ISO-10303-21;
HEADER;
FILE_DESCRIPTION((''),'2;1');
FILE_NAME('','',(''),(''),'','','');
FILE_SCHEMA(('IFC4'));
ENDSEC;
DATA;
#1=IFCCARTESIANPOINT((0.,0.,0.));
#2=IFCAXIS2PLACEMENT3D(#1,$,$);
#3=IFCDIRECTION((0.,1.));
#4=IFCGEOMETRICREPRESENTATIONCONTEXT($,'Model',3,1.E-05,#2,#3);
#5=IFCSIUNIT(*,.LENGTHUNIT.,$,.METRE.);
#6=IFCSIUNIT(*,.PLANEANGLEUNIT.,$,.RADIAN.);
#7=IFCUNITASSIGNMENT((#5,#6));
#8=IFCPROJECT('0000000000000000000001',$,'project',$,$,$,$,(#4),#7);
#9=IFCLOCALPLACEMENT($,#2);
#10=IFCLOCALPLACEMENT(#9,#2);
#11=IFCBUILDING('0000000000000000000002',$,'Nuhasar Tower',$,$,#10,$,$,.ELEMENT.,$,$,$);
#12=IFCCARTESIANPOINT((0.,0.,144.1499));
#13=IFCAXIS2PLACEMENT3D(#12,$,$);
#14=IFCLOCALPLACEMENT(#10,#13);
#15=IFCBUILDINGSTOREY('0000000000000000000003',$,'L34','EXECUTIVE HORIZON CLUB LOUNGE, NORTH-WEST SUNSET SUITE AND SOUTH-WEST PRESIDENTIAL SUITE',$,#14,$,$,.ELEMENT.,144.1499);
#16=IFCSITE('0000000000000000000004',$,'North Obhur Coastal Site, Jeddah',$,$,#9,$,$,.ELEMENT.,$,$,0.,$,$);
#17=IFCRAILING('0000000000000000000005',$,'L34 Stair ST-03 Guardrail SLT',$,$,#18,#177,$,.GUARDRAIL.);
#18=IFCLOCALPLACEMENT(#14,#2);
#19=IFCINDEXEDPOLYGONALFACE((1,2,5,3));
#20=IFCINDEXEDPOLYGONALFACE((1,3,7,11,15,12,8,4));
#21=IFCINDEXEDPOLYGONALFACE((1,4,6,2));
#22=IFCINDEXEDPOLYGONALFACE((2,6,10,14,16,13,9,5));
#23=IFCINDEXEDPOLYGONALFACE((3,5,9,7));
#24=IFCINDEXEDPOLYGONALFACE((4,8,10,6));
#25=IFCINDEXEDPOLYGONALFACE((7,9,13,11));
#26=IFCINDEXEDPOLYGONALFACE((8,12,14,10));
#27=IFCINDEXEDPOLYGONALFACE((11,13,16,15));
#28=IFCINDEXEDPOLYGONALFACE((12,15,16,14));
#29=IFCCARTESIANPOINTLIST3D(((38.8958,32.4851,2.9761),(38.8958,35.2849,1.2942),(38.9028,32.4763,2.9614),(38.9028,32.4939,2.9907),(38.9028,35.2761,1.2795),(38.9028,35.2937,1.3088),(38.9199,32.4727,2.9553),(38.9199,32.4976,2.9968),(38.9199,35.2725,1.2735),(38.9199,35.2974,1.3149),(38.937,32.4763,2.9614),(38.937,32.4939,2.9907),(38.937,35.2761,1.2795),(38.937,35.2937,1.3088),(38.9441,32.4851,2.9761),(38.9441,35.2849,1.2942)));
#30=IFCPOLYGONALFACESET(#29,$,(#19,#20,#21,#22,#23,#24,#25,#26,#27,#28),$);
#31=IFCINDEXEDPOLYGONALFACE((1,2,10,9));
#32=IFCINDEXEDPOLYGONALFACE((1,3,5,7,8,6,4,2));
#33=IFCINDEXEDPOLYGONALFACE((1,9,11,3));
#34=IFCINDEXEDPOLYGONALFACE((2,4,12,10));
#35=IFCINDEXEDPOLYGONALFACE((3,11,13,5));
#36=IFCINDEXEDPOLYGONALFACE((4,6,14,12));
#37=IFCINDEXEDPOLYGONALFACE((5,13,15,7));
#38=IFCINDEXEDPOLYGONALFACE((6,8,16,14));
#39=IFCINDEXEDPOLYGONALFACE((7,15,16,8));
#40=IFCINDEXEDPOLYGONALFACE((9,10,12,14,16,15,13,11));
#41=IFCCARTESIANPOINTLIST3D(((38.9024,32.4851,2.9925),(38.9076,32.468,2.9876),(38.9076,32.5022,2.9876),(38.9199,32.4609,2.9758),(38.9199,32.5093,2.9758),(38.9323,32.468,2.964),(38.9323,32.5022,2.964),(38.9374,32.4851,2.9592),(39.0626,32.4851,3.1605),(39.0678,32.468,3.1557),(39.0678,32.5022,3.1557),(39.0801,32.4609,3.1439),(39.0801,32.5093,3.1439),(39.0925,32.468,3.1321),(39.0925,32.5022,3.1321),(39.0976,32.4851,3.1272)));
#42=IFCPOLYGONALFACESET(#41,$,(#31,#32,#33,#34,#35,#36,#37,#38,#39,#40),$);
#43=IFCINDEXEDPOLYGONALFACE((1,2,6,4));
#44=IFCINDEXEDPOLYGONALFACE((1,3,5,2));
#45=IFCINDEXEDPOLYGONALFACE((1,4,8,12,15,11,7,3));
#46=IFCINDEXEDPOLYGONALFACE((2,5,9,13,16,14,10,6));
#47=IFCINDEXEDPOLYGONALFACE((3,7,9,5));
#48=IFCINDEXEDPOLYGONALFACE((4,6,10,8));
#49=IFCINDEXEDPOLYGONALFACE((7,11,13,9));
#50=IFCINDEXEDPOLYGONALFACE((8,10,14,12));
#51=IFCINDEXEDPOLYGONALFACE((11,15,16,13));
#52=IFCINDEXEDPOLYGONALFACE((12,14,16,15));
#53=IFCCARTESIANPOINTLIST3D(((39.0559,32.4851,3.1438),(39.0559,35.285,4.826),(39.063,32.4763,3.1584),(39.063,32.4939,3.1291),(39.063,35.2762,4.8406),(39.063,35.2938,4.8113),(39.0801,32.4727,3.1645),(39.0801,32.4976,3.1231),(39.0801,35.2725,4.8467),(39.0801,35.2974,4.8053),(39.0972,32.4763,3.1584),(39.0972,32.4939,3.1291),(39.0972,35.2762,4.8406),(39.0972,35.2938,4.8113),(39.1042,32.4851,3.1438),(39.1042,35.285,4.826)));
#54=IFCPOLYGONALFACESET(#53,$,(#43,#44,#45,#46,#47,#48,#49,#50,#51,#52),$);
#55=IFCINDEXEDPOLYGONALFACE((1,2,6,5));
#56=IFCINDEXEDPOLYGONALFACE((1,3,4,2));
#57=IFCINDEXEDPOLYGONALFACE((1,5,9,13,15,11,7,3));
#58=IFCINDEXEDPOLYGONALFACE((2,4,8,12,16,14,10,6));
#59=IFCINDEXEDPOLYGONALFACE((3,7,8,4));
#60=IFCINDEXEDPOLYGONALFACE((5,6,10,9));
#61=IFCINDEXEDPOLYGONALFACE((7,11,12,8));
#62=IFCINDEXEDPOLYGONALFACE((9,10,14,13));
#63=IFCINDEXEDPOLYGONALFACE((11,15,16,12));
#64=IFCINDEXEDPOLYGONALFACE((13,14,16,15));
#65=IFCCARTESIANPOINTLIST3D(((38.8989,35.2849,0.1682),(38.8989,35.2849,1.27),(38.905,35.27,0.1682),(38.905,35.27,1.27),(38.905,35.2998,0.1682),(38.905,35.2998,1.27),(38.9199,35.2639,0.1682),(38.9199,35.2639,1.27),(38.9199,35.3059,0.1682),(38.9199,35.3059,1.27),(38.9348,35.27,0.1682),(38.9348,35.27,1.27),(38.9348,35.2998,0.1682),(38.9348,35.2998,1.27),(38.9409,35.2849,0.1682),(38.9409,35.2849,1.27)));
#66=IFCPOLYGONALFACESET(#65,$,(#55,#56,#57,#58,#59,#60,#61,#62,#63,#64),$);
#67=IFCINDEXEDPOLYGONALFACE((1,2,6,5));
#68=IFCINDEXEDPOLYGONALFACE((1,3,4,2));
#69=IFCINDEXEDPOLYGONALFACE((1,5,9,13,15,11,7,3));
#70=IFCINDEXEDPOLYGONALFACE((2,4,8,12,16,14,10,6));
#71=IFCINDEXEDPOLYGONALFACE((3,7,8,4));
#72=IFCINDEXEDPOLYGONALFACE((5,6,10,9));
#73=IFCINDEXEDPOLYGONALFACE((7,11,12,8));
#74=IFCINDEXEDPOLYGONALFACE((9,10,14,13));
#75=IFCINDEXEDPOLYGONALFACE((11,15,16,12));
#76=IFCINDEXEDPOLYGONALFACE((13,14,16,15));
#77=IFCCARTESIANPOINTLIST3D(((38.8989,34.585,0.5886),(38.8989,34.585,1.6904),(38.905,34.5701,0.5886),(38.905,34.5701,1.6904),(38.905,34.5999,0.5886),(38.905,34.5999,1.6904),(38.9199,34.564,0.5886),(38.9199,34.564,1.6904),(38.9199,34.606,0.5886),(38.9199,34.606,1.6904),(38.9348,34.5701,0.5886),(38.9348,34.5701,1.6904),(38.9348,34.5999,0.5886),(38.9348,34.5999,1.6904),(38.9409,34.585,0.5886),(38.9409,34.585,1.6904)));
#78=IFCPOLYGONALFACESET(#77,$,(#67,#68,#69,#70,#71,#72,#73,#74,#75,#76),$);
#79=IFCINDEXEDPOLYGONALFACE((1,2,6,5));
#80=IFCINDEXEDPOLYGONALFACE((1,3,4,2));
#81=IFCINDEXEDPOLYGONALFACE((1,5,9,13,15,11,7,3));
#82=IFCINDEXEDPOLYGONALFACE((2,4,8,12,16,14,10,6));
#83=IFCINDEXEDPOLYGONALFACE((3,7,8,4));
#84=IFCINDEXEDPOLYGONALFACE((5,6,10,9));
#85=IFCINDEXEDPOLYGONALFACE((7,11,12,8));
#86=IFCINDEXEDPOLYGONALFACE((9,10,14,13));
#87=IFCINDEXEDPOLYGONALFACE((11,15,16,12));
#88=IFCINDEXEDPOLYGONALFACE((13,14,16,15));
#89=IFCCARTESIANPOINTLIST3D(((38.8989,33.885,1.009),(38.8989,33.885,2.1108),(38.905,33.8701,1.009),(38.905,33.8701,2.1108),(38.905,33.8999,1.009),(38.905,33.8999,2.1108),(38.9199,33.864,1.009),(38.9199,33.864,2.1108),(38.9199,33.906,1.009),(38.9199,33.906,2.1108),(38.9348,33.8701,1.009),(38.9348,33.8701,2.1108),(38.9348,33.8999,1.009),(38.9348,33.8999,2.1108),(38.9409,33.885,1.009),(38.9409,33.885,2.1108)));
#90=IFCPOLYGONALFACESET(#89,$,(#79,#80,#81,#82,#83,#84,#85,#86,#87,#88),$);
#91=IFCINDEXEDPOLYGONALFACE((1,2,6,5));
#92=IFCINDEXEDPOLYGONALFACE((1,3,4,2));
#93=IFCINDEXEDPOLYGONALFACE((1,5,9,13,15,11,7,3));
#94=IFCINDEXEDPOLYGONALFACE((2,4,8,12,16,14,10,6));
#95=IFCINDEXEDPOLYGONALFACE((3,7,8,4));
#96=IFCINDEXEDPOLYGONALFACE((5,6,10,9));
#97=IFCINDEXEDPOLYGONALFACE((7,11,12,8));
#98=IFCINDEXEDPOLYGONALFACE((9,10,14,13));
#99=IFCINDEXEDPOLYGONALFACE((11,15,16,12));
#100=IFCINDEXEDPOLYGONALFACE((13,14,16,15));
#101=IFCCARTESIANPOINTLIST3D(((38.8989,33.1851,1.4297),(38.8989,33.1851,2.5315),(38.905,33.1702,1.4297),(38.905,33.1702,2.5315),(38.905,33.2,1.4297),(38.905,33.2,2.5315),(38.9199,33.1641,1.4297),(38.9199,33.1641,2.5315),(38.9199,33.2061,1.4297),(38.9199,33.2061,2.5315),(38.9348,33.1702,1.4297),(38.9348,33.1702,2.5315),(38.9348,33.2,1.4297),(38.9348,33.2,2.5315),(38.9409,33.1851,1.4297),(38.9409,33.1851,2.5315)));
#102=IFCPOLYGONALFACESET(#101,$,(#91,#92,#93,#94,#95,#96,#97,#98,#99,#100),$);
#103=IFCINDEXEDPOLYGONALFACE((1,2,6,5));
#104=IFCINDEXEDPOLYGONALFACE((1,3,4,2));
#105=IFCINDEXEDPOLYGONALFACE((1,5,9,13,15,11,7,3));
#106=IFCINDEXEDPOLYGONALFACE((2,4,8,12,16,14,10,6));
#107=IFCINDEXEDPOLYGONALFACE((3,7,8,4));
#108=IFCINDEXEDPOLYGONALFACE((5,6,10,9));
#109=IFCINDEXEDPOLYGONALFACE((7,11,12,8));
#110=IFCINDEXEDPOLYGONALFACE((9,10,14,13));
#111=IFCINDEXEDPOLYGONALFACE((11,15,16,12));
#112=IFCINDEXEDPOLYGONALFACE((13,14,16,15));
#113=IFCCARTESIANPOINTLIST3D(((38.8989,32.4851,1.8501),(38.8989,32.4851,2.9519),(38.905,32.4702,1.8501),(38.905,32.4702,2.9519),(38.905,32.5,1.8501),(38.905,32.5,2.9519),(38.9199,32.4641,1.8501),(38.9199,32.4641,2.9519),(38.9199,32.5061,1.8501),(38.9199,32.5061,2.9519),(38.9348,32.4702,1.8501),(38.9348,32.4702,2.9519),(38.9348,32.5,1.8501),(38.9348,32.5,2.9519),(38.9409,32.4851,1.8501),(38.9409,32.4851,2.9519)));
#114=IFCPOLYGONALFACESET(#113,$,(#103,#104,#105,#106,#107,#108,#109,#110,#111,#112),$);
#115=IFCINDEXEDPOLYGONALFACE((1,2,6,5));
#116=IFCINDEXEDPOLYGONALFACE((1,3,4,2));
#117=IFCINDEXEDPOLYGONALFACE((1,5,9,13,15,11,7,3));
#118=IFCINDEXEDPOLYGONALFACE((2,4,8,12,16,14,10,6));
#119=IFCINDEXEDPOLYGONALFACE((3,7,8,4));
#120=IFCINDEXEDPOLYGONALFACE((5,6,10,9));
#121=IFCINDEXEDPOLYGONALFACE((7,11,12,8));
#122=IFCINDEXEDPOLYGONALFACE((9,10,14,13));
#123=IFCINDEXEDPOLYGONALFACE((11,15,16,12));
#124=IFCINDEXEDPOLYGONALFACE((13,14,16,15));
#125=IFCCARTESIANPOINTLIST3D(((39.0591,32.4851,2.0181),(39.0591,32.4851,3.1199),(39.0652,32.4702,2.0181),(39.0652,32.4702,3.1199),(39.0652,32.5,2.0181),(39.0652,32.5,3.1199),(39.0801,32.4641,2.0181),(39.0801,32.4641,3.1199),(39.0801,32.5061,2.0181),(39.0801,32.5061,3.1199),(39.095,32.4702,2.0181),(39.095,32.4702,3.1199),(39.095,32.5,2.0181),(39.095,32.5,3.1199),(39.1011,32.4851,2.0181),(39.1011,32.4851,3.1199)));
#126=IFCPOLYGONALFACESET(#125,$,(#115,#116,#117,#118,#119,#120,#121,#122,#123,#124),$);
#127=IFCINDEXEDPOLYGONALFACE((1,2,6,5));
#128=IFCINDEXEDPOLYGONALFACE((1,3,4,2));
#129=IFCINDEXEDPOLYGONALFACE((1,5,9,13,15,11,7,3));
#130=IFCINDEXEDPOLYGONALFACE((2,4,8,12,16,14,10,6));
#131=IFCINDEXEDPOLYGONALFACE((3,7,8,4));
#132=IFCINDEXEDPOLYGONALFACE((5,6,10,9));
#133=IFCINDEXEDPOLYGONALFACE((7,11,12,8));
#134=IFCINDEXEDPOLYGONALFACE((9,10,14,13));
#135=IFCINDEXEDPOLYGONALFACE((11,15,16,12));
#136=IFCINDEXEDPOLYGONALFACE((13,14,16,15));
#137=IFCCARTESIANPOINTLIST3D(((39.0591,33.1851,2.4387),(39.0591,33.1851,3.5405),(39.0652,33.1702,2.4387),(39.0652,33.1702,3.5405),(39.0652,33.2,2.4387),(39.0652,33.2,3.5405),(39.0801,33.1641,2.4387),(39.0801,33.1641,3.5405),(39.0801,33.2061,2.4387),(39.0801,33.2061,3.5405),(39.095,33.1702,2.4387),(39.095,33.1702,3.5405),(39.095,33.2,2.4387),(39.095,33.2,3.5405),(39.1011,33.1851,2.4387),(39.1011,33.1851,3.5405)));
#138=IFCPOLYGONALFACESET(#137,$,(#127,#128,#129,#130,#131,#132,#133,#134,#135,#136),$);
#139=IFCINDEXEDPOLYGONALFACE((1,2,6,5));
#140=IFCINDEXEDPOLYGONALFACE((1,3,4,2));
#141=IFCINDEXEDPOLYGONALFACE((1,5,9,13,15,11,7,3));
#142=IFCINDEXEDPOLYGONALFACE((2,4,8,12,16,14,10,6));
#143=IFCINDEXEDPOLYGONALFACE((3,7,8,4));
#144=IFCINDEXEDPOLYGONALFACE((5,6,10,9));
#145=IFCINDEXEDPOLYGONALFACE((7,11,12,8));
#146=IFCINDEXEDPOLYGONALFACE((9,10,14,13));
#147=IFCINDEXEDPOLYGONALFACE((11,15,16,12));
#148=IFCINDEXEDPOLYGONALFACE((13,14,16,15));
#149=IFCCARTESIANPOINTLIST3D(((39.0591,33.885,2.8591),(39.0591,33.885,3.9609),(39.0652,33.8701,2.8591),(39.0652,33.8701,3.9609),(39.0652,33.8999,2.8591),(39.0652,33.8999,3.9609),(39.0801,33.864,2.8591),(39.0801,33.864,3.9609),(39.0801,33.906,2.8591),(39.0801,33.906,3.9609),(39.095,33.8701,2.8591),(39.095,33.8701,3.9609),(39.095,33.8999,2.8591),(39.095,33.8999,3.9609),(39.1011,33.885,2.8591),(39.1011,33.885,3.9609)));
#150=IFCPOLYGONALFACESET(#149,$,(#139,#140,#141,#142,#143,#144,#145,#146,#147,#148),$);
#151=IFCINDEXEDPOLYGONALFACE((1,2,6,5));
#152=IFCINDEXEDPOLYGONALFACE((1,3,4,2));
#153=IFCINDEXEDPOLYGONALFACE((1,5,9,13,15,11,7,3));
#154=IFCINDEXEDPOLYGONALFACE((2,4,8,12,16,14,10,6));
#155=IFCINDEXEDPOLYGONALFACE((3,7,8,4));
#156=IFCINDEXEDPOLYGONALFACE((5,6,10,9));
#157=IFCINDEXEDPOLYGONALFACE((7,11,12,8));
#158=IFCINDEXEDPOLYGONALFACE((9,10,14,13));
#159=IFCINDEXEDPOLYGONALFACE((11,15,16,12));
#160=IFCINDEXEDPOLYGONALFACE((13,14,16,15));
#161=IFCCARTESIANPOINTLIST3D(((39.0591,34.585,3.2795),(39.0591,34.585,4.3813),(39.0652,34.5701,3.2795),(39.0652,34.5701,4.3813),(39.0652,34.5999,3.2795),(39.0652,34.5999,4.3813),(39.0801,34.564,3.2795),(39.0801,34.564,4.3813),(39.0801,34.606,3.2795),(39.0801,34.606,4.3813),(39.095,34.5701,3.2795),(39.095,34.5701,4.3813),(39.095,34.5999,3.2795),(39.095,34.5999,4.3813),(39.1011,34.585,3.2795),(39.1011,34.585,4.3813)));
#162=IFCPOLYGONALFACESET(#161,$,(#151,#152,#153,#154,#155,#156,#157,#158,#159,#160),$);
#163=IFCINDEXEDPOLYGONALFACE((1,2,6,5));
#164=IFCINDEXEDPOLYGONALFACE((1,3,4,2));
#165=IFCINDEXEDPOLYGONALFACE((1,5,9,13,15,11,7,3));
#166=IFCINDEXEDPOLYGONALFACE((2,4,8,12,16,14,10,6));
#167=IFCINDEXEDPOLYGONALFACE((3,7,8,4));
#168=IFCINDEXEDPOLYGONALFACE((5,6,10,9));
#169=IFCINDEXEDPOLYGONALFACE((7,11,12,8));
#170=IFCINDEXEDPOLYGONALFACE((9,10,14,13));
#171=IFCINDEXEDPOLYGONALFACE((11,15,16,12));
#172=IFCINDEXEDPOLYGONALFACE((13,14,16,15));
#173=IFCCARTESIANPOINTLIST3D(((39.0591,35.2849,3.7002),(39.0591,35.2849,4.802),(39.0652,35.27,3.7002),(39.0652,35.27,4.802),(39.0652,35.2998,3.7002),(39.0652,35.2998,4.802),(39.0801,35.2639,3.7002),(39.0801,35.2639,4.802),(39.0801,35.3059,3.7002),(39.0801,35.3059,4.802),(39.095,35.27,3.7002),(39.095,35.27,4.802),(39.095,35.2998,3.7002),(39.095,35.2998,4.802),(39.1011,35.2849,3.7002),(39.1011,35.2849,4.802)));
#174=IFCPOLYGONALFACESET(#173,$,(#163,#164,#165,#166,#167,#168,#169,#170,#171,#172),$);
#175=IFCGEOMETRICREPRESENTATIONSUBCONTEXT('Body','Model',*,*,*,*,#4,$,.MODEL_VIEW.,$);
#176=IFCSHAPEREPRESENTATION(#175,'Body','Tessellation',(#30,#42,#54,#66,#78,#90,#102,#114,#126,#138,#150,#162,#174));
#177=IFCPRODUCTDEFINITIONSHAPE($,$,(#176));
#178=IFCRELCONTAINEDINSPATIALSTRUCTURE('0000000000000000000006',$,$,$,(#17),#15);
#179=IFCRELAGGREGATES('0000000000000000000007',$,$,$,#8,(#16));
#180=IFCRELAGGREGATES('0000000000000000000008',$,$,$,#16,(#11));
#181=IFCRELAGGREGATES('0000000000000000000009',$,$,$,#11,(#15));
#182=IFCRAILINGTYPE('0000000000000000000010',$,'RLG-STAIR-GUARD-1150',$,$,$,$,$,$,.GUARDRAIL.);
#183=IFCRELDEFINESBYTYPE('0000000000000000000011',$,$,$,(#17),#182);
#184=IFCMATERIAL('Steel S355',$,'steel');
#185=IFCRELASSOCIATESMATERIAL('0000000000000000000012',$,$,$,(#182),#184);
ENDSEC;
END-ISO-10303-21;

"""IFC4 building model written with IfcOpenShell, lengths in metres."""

from ifc_helpers import new_model, si_unit, direction, frame, origin, place, context, subcontext, project, spatial, polyline, outline, extrude, material, type_object, element, save


model = new_model("IFC4")

# Units and contexts
model_context = context("Model", 3, precision=1e-05, world=origin(), true_north=direction((0.0, 1.0)))
body_context = subcontext(model_context, "Body", "Model", "MODEL_VIEW")
ifc_project = project(units=[si_unit("LENGTHUNIT", "METRE"), si_unit("PLANEANGLEUNIT", "RADIAN")], contexts=[model_context])

# Site, building, storey
site_placement = place(None, origin())
site = spatial("IfcSite", under=ifc_project, at=site_placement, Name="North Obhur Coastal Site, Jeddah", CompositionType="ELEMENT", RefElevation=0.0)
building_placement = place(site_placement, origin())
building = spatial("IfcBuilding", under=site, at=building_placement, Name="Nuhasar Tower", CompositionType="ELEMENT")
storey_placement = place(building_placement, frame((0.0, 0.0, 144.1499)))
storey = spatial("IfcBuildingStorey", under=building, at=storey_placement, Name="L34", Description="EXECUTIVE HORIZON CLUB LOUNGE, NORTH-WEST SUNSET SUITE AND SOUTH-WEST PRESIDENTIAL SUITE", CompositionType="ELEMENT", Elevation=144.1499)

# Shared definitions
ifc_material_1 = material(Name="Steel S355", Category="steel")

# Railing
railing_type_1 = type_object("IfcRailingType", Name="RLG-STAIR-GUARD-1150", PredefinedType="GUARDRAIL", material=ifc_material_1)
railing_1_placement = place(storey_placement, frame((38.9199, 35.2849, 0.1682)))
element("IfcRailing", 1, at=railing_1_placement, inside=storey, type_object=railing_type_1, Name="L34 Stair ST-03 Guardrail SLT", PredefinedType="GUARDRAIL", context=body_context, shape_type="SweptSolid", body=[
    extrude(outline(polyline([(0.0242, 0.0), (0.0171, 0.0171), (0.0, 0.0242), (-0.0171, 0.0171), (-0.0242, 0.0), (-0.0171, -0.0171), (0.0, -0.0242), (0.0171, -0.0171), (0.0242, 0.0)])), frame((0.0, 0.0, 1.126), z_axis=(0.0, -0.857222, 0.514946), x_axis=(1.0, 0.0, 0.0)), (0.0, 0.0, 1.0), 3.2661),
    extrude(outline(polyline([(0.0242, 0.0), (0.0171, 0.0171), (0.0, 0.0242), (-0.0171, 0.0171), (-0.0242, 0.0), (-0.0171, -0.0171), (0.0, -0.0242), (0.0171, -0.0171), (0.0242, 0.0)])), frame((0.0, -2.7998, 2.8076), z_axis=(0.690075, 0.0, 0.723738), x_axis=(0.0, 1.0, 0.0)), (0.0, 0.0, 1.0), 0.2322),
    extrude(outline(polyline([(0.0242, 0.0), (0.0171, 0.0171), (0.0, 0.0242), (-0.0171, 0.0171), (-0.0242, 0.0), (-0.0171, -0.0171), (0.0, -0.0242), (0.0171, -0.0171), (0.0242, 0.0)])), frame((0.1602, -2.7998, 2.9756), z_axis=(0.0, 0.857189, 0.515001), x_axis=(-1.0, 0.0, 0.0)), (0.0, 0.0, 1.0), 3.2664),
    extrude(outline(polyline([(0.021, 0.0), (0.0149, 0.0149), (0.0, 0.021), (-0.0149, 0.0149), (-0.021, 0.0), (-0.0149, -0.0149), (0.0, -0.021), (0.0149, -0.0149), (0.021, 0.0)])), origin(), (0.0, 0.0, 1.0), 1.1018),
    extrude(outline(polyline([(0.021, 0.0), (0.0149, 0.0149), (0.0, 0.021), (-0.0149, 0.0149), (-0.021, 0.0), (-0.0149, -0.0149), (0.0, -0.021), (0.0149, -0.0149), (0.021, 0.0)])), frame((0.0, -0.7, 0.4204)), (0.0, 0.0, 1.0), 1.1018),
    extrude(outline(polyline([(0.021, 0.0), (0.0149, 0.0149), (0.0, 0.021), (-0.0149, 0.0149), (-0.021, 0.0), (-0.0149, -0.0149), (0.0, -0.021), (0.0149, -0.0149), (0.021, 0.0)])), frame((0.0, -1.3999, 0.8408)), (0.0, 0.0, 1.0), 1.1018),
    extrude(outline(polyline([(0.021, 0.0), (0.0149, 0.0149), (0.0, 0.021), (-0.0149, 0.0149), (-0.021, 0.0), (-0.0149, -0.0149), (0.0, -0.021), (0.0149, -0.0149), (0.021, 0.0)])), frame((0.0, -2.0999, 1.2615)), (0.0, 0.0, 1.0), 1.1018),
    extrude(outline(polyline([(0.021, 0.0), (0.0149, 0.0149), (0.0, 0.021), (-0.0149, 0.0149), (-0.021, 0.0), (-0.0149, -0.0149), (0.0, -0.021), (0.0149, -0.0149), (0.021, 0.0)])), frame((0.0, -2.7998, 1.6819)), (0.0, 0.0, 1.0), 1.1018),
    extrude(outline(polyline([(0.021, 0.0), (0.0149, 0.0149), (0.0, 0.021), (-0.0149, 0.0149), (-0.021, 0.0), (-0.0149, -0.0149), (0.0, -0.021), (0.0149, -0.0149), (0.021, 0.0)])), frame((0.1602, -2.7998, 1.8499)), (0.0, 0.0, 1.0), 1.1018),
    extrude(outline(polyline([(0.021, 0.0), (0.0149, 0.0149), (0.0, 0.021), (-0.0149, 0.0149), (-0.021, 0.0), (-0.0149, -0.0149), (0.0, -0.021), (0.0149, -0.0149), (0.021, 0.0)])), frame((0.1602, -2.0999, 2.2705)), (0.0, 0.0, 1.0), 1.1018),
    extrude(outline(polyline([(0.021, 0.0), (0.0149, 0.0149), (0.0, 0.021), (-0.0149, 0.0149), (-0.021, 0.0), (-0.0149, -0.0149), (0.0, -0.021), (0.0149, -0.0149), (0.021, 0.0)])), frame((0.1602, -1.3999, 2.6909)), (0.0, 0.0, 1.0), 1.1018),
    extrude(outline(polyline([(0.021, 0.0), (0.0149, 0.0149), (0.0, 0.021), (-0.0149, 0.0149), (-0.021, 0.0), (-0.0149, -0.0149), (0.0, -0.021), (0.0149, -0.0149), (0.021, 0.0)])), frame((0.1602, -0.7, 3.1113)), (0.0, 0.0, 1.0), 1.1018),
    extrude(outline(polyline([(0.021, 0.0), (0.0149, 0.0149), (0.0, 0.021), (-0.0149, 0.0149), (-0.021, 0.0), (-0.0149, -0.0149), (0.0, -0.021), (0.0149, -0.0149), (0.021, 0.0)])), frame((0.1602, 0.0, 3.532)), (0.0, 0.0, 1.0), 1.1018),
])

save(model, "model.ifc")
